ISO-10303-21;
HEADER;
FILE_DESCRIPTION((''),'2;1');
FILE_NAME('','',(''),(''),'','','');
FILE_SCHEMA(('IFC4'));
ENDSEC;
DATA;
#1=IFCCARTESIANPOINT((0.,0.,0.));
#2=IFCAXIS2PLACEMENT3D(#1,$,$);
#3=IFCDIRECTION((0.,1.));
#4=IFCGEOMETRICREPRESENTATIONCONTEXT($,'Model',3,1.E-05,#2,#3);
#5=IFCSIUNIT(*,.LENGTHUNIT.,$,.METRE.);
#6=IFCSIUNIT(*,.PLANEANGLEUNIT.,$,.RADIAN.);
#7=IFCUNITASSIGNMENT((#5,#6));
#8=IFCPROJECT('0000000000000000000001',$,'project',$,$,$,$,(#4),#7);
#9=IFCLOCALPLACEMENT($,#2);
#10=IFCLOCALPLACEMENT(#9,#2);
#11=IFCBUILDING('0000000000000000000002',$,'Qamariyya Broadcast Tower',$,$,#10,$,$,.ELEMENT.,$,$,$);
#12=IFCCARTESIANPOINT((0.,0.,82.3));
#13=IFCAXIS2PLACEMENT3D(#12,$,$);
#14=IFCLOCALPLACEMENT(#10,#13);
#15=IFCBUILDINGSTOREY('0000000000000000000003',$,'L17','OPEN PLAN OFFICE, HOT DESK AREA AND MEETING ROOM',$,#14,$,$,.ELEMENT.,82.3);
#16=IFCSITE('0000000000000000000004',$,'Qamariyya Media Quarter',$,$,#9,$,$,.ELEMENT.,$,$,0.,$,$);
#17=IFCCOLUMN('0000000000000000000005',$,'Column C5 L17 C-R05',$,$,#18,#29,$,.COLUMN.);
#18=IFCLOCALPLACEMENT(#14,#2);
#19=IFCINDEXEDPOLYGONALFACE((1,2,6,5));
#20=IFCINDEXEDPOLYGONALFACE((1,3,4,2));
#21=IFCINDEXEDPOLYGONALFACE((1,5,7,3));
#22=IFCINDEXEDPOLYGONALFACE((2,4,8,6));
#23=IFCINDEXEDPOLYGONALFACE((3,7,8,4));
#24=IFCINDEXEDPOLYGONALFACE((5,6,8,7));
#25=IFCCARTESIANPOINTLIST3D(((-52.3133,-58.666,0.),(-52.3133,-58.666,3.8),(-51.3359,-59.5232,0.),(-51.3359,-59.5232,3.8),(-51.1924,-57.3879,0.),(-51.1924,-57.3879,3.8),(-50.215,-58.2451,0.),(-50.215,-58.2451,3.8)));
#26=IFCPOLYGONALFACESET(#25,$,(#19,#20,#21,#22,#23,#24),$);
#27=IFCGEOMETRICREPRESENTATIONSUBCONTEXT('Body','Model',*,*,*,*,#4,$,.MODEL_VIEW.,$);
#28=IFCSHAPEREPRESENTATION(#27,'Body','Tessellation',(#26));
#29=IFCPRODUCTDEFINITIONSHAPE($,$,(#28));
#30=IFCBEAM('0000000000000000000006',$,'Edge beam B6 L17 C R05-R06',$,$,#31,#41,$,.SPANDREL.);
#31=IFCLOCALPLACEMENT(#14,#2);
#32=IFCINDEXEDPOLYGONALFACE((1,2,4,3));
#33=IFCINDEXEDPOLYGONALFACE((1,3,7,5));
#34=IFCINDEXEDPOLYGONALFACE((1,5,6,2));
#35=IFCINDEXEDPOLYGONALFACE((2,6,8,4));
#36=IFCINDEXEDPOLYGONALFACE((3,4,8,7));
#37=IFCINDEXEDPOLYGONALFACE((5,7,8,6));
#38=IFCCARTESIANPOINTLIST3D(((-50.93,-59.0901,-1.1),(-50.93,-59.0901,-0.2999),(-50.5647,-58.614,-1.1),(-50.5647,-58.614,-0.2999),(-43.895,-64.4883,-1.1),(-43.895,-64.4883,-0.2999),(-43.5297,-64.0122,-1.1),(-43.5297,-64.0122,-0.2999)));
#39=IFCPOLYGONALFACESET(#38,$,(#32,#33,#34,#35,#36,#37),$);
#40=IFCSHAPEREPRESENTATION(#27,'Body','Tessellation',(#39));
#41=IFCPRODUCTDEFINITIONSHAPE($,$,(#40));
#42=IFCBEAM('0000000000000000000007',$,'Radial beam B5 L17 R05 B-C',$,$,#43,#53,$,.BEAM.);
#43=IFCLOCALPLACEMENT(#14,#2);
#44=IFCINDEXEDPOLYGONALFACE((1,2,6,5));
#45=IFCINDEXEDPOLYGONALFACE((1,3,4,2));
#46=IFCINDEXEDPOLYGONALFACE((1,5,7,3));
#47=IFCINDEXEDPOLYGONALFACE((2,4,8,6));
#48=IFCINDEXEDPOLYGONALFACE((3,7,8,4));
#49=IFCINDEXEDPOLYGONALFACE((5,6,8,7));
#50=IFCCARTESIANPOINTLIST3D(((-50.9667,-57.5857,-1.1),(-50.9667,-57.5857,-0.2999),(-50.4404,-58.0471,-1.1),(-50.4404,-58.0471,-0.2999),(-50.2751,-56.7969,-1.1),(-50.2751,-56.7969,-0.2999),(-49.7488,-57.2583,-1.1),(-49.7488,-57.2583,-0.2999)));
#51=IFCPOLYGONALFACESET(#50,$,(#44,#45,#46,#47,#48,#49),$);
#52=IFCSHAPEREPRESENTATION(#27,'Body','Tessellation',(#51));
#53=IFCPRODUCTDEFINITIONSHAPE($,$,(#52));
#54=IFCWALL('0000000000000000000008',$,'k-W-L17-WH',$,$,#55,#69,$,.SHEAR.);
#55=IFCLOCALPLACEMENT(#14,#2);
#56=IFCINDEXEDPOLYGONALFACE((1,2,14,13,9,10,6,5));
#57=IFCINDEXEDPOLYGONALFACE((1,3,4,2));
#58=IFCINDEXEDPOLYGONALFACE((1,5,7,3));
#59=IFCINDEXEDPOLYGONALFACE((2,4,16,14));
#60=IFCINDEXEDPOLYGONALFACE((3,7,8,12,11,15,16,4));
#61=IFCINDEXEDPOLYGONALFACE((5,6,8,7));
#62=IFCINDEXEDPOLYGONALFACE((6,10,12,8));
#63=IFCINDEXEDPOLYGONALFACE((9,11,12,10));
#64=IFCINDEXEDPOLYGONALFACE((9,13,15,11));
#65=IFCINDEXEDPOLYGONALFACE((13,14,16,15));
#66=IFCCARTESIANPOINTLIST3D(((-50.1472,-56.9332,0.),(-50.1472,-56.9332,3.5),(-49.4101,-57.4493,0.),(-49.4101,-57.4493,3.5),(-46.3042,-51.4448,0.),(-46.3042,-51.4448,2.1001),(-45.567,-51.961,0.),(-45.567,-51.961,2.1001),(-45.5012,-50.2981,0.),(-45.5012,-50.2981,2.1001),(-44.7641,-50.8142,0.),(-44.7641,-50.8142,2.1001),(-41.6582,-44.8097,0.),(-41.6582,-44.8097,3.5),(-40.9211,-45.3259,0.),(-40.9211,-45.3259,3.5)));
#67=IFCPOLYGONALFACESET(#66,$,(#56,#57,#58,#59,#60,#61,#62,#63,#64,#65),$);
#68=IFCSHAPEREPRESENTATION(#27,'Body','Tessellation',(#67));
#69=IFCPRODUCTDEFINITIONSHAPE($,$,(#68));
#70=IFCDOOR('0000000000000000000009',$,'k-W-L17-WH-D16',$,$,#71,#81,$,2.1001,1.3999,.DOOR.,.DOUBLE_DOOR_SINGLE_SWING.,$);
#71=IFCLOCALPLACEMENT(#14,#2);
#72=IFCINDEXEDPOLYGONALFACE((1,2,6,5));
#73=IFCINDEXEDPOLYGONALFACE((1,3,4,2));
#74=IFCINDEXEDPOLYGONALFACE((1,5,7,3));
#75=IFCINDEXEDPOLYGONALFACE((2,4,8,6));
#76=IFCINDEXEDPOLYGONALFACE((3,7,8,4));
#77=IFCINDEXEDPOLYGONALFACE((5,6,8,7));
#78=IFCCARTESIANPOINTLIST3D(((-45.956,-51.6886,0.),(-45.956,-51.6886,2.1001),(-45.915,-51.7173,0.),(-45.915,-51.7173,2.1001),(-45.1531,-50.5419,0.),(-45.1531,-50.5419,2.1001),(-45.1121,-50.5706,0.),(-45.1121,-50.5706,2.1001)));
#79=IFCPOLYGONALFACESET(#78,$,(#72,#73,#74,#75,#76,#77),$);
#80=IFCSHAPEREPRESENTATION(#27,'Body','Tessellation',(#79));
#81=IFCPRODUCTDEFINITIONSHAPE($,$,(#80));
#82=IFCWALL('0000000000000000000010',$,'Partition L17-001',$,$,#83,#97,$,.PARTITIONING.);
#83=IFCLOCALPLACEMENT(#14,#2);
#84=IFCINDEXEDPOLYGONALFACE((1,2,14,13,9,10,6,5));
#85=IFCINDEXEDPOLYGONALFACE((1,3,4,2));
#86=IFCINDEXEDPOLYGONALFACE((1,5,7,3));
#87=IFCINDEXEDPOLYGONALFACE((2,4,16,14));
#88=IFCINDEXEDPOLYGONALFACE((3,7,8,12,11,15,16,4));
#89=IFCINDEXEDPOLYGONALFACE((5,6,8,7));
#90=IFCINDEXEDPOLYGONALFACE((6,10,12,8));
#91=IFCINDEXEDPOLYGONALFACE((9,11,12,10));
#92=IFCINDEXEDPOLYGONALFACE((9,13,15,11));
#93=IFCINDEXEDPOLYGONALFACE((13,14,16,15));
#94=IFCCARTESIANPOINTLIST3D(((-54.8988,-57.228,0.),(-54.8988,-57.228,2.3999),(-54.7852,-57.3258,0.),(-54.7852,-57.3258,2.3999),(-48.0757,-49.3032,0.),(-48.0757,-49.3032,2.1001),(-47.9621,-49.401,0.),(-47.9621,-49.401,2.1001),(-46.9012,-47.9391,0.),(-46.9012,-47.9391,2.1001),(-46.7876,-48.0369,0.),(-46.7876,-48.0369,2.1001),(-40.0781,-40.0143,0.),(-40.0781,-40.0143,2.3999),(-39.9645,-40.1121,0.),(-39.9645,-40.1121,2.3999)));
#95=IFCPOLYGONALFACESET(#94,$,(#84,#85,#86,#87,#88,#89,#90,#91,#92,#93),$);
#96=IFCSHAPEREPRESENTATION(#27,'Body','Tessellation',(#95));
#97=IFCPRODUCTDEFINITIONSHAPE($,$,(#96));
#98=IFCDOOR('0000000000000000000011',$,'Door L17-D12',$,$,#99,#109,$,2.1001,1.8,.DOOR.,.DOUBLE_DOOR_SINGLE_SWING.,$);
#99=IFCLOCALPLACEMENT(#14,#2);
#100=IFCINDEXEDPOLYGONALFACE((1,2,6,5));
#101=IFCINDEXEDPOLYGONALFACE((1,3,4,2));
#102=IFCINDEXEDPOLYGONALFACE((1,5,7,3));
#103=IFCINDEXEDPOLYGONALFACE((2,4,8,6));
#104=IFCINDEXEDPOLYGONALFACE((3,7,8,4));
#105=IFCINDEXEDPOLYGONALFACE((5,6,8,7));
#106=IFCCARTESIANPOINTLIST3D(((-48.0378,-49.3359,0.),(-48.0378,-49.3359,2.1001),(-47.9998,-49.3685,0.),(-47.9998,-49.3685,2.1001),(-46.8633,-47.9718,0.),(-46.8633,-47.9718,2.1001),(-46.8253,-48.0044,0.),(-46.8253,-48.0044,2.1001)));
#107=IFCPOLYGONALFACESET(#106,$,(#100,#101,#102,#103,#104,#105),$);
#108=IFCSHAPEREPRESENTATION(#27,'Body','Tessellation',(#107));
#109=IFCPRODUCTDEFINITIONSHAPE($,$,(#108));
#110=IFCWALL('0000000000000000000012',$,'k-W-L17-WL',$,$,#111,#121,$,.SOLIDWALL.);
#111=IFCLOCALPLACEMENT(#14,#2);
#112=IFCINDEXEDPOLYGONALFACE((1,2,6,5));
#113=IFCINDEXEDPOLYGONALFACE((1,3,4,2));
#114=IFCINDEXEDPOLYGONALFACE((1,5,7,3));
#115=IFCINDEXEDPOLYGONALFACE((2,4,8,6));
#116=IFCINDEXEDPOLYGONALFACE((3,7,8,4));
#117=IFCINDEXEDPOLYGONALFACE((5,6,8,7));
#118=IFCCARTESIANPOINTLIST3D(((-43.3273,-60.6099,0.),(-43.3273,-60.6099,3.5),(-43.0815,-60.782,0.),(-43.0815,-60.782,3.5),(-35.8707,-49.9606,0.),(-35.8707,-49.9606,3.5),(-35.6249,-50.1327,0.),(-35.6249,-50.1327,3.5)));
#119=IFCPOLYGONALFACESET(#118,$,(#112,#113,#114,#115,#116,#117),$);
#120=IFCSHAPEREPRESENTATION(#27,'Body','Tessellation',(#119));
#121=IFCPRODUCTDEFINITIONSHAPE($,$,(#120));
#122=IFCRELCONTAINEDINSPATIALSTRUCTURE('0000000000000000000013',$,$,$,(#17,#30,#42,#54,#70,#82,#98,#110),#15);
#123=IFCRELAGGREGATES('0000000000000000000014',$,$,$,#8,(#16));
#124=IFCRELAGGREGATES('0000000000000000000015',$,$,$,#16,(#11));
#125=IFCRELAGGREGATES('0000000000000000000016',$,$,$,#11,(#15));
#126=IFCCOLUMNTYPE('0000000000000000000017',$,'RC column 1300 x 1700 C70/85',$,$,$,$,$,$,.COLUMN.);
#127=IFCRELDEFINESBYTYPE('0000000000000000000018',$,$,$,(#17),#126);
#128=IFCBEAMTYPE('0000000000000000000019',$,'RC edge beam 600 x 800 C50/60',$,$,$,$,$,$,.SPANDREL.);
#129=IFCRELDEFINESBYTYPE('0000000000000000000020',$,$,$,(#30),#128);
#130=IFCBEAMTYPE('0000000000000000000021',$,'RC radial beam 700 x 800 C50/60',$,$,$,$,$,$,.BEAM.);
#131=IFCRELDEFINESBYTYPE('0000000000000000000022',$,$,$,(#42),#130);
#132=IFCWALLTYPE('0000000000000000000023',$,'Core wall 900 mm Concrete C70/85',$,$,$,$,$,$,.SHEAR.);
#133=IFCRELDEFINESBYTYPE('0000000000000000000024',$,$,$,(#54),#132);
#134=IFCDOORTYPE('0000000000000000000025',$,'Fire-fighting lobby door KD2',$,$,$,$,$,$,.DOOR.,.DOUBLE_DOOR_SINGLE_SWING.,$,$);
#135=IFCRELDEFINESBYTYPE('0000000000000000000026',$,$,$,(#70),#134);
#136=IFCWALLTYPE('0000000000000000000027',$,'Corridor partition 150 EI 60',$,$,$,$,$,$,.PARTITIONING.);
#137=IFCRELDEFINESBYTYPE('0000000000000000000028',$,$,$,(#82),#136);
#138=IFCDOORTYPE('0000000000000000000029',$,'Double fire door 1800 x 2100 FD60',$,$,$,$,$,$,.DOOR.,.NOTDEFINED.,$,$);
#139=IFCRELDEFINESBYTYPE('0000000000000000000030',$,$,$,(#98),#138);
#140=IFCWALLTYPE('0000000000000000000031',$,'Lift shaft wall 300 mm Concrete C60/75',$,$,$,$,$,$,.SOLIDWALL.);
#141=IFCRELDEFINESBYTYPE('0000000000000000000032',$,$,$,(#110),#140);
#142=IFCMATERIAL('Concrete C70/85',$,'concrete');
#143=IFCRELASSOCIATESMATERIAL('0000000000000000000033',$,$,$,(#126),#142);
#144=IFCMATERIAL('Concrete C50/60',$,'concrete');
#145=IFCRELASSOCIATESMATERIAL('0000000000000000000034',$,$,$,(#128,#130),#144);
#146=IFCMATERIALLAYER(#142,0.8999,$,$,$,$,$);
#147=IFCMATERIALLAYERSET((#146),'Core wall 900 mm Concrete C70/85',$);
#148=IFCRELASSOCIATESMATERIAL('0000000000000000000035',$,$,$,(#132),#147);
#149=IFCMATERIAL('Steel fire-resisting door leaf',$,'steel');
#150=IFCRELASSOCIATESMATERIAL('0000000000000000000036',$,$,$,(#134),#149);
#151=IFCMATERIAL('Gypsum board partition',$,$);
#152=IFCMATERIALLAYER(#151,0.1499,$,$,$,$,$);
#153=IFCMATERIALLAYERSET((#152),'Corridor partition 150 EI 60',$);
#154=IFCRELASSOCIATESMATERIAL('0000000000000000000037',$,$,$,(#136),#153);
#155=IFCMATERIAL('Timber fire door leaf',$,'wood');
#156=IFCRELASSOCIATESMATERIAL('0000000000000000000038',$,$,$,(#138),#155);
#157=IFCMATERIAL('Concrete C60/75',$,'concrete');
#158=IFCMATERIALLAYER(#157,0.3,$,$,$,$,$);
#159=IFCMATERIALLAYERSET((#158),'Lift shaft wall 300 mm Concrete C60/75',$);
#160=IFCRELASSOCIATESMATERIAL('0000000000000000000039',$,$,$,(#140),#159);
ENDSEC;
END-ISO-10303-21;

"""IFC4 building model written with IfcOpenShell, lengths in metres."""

from ifc_helpers import new_model, si_unit, direction, frame, frame_2d, origin, origin_2d, place, context, subcontext, project, spatial, rectangle, extrude, material, layer, layer_set, material_profile, profile_set, type_object, element, fill, save


model = new_model("IFC4")

# Units and contexts
model_context = context("Model", 3, precision=1e-05, world=origin(), true_north=direction((0.0, 1.0)))
body_context = subcontext(model_context, "Body", "Model", "MODEL_VIEW")
ifc_project = project(units=[si_unit("LENGTHUNIT", "METRE"), si_unit("PLANEANGLEUNIT", "RADIAN")], contexts=[model_context])

# Site, building, storey
site_placement = place(None, origin())
site = spatial("IfcSite", under=ifc_project, at=site_placement, Name="Qamariyya Media Quarter", CompositionType="ELEMENT", RefElevation=0.0)
building_placement = place(site_placement, origin())
building = spatial("IfcBuilding", under=site, at=building_placement, Name="Qamariyya Broadcast Tower", CompositionType="ELEMENT")
storey_placement = place(building_placement, frame((0.0, 0.0, 82.3)))
storey = spatial("IfcBuildingStorey", under=building, at=storey_placement, Name="L17", Description="OPEN PLAN OFFICE, HOT DESK AREA AND MEETING ROOM", CompositionType="ELEMENT", Elevation=82.3)

# Column
ifc_material_1 = material(Name="Concrete C70/85", Category="concrete")
ifc_material_profile_1 = material_profile(ifc_material_1, rectangle(XDim=1.3, YDim=1.7, at=origin_2d()))
ifc_profile_set_1 = profile_set([ifc_material_profile_1], Name="Concrete C70/85")
column_type = type_object("IfcColumnType", Name="RC column 1300 x 1700 C70/85", PredefinedType="COLUMN", material=ifc_profile_set_1)
column_placement = place(storey_placement, frame((-51.2642, -58.4556, 0.0), z_axis=(0.0, 0.0, 1.0), x_axis=(0.75184, -0.659346, 0.0)))
element("IfcColumn", 1, at=column_placement, inside=storey, type_object=column_type, Name="Column C5 L17 C-R05", PredefinedType="COLUMN", context=body_context, shape_type="SweptSolid", body=[
    extrude(rectangle(XDim=1.3, YDim=1.7, at=origin_2d()), origin(), (0.0, 0.0, 1.0), 3.8),
])

# Beams
ifc_material_2 = material(Name="Concrete C50/60", Category="concrete")
ifc_material_profile_2 = material_profile(ifc_material_2, rectangle(XDim=0.6001, YDim=0.8, at=origin_2d()))
ifc_profile_set_2 = profile_set([ifc_material_profile_2], Name="Concrete C50/60")
beam_type_1 = type_object("IfcBeamType", Name="RC edge beam 600 x 800 C50/60", PredefinedType="SPANDREL", material=ifc_profile_set_2)
beam_1_placement = place(storey_placement, frame((-50.7473, -58.8521, -0.7), z_axis=(0.793347, -0.60877, 0.0), x_axis=(0.60877, 0.793347, 0.0)))
element("IfcBeam", 2, at=beam_1_placement, inside=storey, type_object=beam_type_1, Name="Edge beam B6 L17 C R05-R06", PredefinedType="SPANDREL", context=body_context, shape_type="SweptSolid", body=[
    extrude(rectangle(XDim=0.6001, YDim=0.8, at=origin_2d()), origin(), (0.0, 0.0, 1.0), 8.8674),
])
ifc_material_profile_3 = material_profile(ifc_material_2, rectangle(XDim=0.7, YDim=0.8, at=origin_2d()))
ifc_profile_set_3 = profile_set([ifc_material_profile_3], Name="Concrete C50/60")
beam_type_2 = type_object("IfcBeamType", Name="RC radial beam 700 x 800 C50/60", PredefinedType="BEAM", material=ifc_profile_set_3)
beam_2_placement = place(storey_placement, frame((-50.012, -57.0276, -0.7), z_axis=(-0.659279, -0.751899, 0.0), x_axis=(0.751899, -0.659279, 0.0)))
element("IfcBeam", 3, at=beam_2_placement, inside=storey, type_object=beam_type_2, Name="Radial beam B5 L17 R05 B-C", PredefinedType="BEAM", context=body_context, shape_type="SweptSolid", body=[
    extrude(rectangle(XDim=0.7, YDim=0.8, at=origin_2d()), origin(), (0.0, 0.0, 1.0), 1.0491),
])

# Walls, openings, doors
ifc_layer_1 = layer(ifc_material_1, 0.8999)
ifc_layer_set_1 = layer_set([ifc_layer_1], Name="Core wall 900 mm Concrete C70/85")
wall_type_1 = type_object("IfcWallType", Name="Core wall 900 mm Concrete C70/85", PredefinedType="SHEAR", material=ifc_layer_set_1)
wall_1_placement = place(storey_placement, frame((-49.7786, -57.1912, 0.0), z_axis=(0.0, 0.0, 1.0), x_axis=(0.573577, 0.819151, 0.0)))
wall_1 = element("IfcWall", 4, at=wall_1_placement, inside=storey, type_object=wall_type_1, Name="k-W-L17-WH", PredefinedType="SHEAR", context=body_context, shape_type="SweptSolid", body=[
    extrude(rectangle(XDim=14.8, YDim=0.8999, at=frame_2d((7.3999, 0.0))), origin(), (0.0, 0.0, 1.0), 3.5),
])
opening_1_placement = place(wall_1_placement, frame((6.7, 0.0, 0.0)))
opening_1 = element("IfcOpeningElement", 5, at=opening_1_placement, cuts=wall_1, PredefinedType="OPENING", context=body_context, shape_type="SweptSolid", body=[
    extrude(rectangle(XDim=1.3999, YDim=2.1001, at=frame_2d((0.7, 1.05))), frame((0.0, 0.46, 0.0), z_axis=(0.0, -1.0, 0.0), x_axis=(1.0, 0.0, 0.0)), (0.0, 0.0, 1.0), 0.9199),
])
ifc_material_3 = material(Name="Steel fire-resisting door leaf", Category="steel")
door_type_1 = type_object("IfcDoorType", Name="Fire-fighting lobby door KD2", OperationType="DOUBLE_DOOR_SINGLE_SWING", PredefinedType="DOOR", material=ifc_material_3)
door_1_placement = place(opening_1_placement, origin())
door_1 = element("IfcDoor", 6, at=door_1_placement, inside=storey, type_object=door_type_1, Name="k-W-L17-WH-D16", OperationType="DOUBLE_DOOR_SINGLE_SWING", OverallHeight=2.1001, OverallWidth=1.3999, PredefinedType="DOOR", context=body_context, shape_type="SweptSolid", body=[
    extrude(rectangle(XDim=1.3999, YDim=2.1001, at=frame_2d((0.7, 1.05))), frame((0.0, 0.0249, 0.0), z_axis=(0.0, -1.0, 0.0), x_axis=(1.0, 0.0, 0.0)), (0.0, 0.0, 1.0), 0.05),
])
fill(opening_1, door_1)
ifc_material_4 = material(Name="Gypsum board partition")
ifc_layer_2 = layer(ifc_material_4, 0.1499)
ifc_layer_set_2 = layer_set([ifc_layer_2], Name="Corridor partition 150 EI 60")
wall_type_2 = type_object("IfcWallType", Name="Corridor partition 150 EI 60", PredefinedType="PARTITIONING", material=ifc_layer_set_2)
wall_2_placement = place(storey_placement, frame((-54.842, -57.2769, 0.0), z_axis=(0.0, 0.0, 1.0), x_axis=(0.652472, 0.757813, 0.0)))
wall_2 = element("IfcWall", 7, at=wall_2_placement, inside=storey, type_object=wall_type_2, Name="Partition L17-001", PredefinedType="PARTITIONING", context=body_context, shape_type="SweptSolid", body=[
    extrude(rectangle(XDim=22.7148, YDim=0.1499, at=frame_2d((11.3574, 0.0))), origin(), (0.0, 0.0, 1.0), 2.3999),
])
opening_2_placement = place(wall_2_placement, frame((10.4575, 0.0, 0.0)))
opening_2 = element("IfcOpeningElement", 8, at=opening_2_placement, cuts=wall_2, PredefinedType="OPENING", context=body_context, shape_type="SweptSolid", body=[
    extrude(rectangle(XDim=1.8, YDim=2.1001, at=frame_2d((0.8999, 1.05))), frame((0.0, 0.085, 0.0), z_axis=(0.0, -1.0, 0.0), x_axis=(1.0, 0.0, 0.0)), (0.0, 0.0, 1.0), 0.1699),
])
ifc_material_5 = material(Name="Timber fire door leaf", Category="wood")
door_type_2 = type_object("IfcDoorType", Name="Double fire door 1800 x 2100 FD60", OperationType="NOTDEFINED", PredefinedType="DOOR", material=ifc_material_5)
door_2_placement = place(opening_2_placement, origin())
door_2 = element("IfcDoor", 9, at=door_2_placement, inside=storey, type_object=door_type_2, Name="Door L17-D12", OperationType="DOUBLE_DOOR_SINGLE_SWING", OverallHeight=2.1001, OverallWidth=1.8, PredefinedType="DOOR", context=body_context, shape_type="SweptSolid", body=[
    extrude(rectangle(XDim=1.8, YDim=2.1001, at=frame_2d((0.8999, 1.05))), frame((0.0, 0.0249, 0.0), z_axis=(0.0, -1.0, 0.0), x_axis=(1.0, 0.0, 0.0)), (0.0, 0.0, 1.0), 0.05),
])
fill(opening_2, door_2)

# Wall
ifc_material_6 = material(Name="Concrete C60/75", Category="concrete")
ifc_layer_3 = layer(ifc_material_6, 0.3)
ifc_layer_set_3 = layer_set([ifc_layer_3], Name="Lift shaft wall 300 mm Concrete C60/75")
wall_type_3 = type_object("IfcWallType", Name="Lift shaft wall 300 mm Concrete C60/75", PredefinedType="SOLIDWALL", material=ifc_layer_set_3)
wall_3_placement = place(storey_placement, frame((-43.2043, -60.6958, 0.0), z_axis=(0.0, 0.0, 1.0), x_axis=(0.573572, 0.819155, 0.0)))
element("IfcWall", 10, at=wall_3_placement, inside=storey, type_object=wall_type_3, Name="k-W-L17-WL", PredefinedType="SOLIDWALL", context=body_context, shape_type="SweptSolid", body=[
    extrude(rectangle(XDim=13.0002, YDim=0.3, at=frame_2d((6.5, 0.0))), origin(), (0.0, 0.0, 1.0), 3.5),
])

save(model, "model.ifc")
